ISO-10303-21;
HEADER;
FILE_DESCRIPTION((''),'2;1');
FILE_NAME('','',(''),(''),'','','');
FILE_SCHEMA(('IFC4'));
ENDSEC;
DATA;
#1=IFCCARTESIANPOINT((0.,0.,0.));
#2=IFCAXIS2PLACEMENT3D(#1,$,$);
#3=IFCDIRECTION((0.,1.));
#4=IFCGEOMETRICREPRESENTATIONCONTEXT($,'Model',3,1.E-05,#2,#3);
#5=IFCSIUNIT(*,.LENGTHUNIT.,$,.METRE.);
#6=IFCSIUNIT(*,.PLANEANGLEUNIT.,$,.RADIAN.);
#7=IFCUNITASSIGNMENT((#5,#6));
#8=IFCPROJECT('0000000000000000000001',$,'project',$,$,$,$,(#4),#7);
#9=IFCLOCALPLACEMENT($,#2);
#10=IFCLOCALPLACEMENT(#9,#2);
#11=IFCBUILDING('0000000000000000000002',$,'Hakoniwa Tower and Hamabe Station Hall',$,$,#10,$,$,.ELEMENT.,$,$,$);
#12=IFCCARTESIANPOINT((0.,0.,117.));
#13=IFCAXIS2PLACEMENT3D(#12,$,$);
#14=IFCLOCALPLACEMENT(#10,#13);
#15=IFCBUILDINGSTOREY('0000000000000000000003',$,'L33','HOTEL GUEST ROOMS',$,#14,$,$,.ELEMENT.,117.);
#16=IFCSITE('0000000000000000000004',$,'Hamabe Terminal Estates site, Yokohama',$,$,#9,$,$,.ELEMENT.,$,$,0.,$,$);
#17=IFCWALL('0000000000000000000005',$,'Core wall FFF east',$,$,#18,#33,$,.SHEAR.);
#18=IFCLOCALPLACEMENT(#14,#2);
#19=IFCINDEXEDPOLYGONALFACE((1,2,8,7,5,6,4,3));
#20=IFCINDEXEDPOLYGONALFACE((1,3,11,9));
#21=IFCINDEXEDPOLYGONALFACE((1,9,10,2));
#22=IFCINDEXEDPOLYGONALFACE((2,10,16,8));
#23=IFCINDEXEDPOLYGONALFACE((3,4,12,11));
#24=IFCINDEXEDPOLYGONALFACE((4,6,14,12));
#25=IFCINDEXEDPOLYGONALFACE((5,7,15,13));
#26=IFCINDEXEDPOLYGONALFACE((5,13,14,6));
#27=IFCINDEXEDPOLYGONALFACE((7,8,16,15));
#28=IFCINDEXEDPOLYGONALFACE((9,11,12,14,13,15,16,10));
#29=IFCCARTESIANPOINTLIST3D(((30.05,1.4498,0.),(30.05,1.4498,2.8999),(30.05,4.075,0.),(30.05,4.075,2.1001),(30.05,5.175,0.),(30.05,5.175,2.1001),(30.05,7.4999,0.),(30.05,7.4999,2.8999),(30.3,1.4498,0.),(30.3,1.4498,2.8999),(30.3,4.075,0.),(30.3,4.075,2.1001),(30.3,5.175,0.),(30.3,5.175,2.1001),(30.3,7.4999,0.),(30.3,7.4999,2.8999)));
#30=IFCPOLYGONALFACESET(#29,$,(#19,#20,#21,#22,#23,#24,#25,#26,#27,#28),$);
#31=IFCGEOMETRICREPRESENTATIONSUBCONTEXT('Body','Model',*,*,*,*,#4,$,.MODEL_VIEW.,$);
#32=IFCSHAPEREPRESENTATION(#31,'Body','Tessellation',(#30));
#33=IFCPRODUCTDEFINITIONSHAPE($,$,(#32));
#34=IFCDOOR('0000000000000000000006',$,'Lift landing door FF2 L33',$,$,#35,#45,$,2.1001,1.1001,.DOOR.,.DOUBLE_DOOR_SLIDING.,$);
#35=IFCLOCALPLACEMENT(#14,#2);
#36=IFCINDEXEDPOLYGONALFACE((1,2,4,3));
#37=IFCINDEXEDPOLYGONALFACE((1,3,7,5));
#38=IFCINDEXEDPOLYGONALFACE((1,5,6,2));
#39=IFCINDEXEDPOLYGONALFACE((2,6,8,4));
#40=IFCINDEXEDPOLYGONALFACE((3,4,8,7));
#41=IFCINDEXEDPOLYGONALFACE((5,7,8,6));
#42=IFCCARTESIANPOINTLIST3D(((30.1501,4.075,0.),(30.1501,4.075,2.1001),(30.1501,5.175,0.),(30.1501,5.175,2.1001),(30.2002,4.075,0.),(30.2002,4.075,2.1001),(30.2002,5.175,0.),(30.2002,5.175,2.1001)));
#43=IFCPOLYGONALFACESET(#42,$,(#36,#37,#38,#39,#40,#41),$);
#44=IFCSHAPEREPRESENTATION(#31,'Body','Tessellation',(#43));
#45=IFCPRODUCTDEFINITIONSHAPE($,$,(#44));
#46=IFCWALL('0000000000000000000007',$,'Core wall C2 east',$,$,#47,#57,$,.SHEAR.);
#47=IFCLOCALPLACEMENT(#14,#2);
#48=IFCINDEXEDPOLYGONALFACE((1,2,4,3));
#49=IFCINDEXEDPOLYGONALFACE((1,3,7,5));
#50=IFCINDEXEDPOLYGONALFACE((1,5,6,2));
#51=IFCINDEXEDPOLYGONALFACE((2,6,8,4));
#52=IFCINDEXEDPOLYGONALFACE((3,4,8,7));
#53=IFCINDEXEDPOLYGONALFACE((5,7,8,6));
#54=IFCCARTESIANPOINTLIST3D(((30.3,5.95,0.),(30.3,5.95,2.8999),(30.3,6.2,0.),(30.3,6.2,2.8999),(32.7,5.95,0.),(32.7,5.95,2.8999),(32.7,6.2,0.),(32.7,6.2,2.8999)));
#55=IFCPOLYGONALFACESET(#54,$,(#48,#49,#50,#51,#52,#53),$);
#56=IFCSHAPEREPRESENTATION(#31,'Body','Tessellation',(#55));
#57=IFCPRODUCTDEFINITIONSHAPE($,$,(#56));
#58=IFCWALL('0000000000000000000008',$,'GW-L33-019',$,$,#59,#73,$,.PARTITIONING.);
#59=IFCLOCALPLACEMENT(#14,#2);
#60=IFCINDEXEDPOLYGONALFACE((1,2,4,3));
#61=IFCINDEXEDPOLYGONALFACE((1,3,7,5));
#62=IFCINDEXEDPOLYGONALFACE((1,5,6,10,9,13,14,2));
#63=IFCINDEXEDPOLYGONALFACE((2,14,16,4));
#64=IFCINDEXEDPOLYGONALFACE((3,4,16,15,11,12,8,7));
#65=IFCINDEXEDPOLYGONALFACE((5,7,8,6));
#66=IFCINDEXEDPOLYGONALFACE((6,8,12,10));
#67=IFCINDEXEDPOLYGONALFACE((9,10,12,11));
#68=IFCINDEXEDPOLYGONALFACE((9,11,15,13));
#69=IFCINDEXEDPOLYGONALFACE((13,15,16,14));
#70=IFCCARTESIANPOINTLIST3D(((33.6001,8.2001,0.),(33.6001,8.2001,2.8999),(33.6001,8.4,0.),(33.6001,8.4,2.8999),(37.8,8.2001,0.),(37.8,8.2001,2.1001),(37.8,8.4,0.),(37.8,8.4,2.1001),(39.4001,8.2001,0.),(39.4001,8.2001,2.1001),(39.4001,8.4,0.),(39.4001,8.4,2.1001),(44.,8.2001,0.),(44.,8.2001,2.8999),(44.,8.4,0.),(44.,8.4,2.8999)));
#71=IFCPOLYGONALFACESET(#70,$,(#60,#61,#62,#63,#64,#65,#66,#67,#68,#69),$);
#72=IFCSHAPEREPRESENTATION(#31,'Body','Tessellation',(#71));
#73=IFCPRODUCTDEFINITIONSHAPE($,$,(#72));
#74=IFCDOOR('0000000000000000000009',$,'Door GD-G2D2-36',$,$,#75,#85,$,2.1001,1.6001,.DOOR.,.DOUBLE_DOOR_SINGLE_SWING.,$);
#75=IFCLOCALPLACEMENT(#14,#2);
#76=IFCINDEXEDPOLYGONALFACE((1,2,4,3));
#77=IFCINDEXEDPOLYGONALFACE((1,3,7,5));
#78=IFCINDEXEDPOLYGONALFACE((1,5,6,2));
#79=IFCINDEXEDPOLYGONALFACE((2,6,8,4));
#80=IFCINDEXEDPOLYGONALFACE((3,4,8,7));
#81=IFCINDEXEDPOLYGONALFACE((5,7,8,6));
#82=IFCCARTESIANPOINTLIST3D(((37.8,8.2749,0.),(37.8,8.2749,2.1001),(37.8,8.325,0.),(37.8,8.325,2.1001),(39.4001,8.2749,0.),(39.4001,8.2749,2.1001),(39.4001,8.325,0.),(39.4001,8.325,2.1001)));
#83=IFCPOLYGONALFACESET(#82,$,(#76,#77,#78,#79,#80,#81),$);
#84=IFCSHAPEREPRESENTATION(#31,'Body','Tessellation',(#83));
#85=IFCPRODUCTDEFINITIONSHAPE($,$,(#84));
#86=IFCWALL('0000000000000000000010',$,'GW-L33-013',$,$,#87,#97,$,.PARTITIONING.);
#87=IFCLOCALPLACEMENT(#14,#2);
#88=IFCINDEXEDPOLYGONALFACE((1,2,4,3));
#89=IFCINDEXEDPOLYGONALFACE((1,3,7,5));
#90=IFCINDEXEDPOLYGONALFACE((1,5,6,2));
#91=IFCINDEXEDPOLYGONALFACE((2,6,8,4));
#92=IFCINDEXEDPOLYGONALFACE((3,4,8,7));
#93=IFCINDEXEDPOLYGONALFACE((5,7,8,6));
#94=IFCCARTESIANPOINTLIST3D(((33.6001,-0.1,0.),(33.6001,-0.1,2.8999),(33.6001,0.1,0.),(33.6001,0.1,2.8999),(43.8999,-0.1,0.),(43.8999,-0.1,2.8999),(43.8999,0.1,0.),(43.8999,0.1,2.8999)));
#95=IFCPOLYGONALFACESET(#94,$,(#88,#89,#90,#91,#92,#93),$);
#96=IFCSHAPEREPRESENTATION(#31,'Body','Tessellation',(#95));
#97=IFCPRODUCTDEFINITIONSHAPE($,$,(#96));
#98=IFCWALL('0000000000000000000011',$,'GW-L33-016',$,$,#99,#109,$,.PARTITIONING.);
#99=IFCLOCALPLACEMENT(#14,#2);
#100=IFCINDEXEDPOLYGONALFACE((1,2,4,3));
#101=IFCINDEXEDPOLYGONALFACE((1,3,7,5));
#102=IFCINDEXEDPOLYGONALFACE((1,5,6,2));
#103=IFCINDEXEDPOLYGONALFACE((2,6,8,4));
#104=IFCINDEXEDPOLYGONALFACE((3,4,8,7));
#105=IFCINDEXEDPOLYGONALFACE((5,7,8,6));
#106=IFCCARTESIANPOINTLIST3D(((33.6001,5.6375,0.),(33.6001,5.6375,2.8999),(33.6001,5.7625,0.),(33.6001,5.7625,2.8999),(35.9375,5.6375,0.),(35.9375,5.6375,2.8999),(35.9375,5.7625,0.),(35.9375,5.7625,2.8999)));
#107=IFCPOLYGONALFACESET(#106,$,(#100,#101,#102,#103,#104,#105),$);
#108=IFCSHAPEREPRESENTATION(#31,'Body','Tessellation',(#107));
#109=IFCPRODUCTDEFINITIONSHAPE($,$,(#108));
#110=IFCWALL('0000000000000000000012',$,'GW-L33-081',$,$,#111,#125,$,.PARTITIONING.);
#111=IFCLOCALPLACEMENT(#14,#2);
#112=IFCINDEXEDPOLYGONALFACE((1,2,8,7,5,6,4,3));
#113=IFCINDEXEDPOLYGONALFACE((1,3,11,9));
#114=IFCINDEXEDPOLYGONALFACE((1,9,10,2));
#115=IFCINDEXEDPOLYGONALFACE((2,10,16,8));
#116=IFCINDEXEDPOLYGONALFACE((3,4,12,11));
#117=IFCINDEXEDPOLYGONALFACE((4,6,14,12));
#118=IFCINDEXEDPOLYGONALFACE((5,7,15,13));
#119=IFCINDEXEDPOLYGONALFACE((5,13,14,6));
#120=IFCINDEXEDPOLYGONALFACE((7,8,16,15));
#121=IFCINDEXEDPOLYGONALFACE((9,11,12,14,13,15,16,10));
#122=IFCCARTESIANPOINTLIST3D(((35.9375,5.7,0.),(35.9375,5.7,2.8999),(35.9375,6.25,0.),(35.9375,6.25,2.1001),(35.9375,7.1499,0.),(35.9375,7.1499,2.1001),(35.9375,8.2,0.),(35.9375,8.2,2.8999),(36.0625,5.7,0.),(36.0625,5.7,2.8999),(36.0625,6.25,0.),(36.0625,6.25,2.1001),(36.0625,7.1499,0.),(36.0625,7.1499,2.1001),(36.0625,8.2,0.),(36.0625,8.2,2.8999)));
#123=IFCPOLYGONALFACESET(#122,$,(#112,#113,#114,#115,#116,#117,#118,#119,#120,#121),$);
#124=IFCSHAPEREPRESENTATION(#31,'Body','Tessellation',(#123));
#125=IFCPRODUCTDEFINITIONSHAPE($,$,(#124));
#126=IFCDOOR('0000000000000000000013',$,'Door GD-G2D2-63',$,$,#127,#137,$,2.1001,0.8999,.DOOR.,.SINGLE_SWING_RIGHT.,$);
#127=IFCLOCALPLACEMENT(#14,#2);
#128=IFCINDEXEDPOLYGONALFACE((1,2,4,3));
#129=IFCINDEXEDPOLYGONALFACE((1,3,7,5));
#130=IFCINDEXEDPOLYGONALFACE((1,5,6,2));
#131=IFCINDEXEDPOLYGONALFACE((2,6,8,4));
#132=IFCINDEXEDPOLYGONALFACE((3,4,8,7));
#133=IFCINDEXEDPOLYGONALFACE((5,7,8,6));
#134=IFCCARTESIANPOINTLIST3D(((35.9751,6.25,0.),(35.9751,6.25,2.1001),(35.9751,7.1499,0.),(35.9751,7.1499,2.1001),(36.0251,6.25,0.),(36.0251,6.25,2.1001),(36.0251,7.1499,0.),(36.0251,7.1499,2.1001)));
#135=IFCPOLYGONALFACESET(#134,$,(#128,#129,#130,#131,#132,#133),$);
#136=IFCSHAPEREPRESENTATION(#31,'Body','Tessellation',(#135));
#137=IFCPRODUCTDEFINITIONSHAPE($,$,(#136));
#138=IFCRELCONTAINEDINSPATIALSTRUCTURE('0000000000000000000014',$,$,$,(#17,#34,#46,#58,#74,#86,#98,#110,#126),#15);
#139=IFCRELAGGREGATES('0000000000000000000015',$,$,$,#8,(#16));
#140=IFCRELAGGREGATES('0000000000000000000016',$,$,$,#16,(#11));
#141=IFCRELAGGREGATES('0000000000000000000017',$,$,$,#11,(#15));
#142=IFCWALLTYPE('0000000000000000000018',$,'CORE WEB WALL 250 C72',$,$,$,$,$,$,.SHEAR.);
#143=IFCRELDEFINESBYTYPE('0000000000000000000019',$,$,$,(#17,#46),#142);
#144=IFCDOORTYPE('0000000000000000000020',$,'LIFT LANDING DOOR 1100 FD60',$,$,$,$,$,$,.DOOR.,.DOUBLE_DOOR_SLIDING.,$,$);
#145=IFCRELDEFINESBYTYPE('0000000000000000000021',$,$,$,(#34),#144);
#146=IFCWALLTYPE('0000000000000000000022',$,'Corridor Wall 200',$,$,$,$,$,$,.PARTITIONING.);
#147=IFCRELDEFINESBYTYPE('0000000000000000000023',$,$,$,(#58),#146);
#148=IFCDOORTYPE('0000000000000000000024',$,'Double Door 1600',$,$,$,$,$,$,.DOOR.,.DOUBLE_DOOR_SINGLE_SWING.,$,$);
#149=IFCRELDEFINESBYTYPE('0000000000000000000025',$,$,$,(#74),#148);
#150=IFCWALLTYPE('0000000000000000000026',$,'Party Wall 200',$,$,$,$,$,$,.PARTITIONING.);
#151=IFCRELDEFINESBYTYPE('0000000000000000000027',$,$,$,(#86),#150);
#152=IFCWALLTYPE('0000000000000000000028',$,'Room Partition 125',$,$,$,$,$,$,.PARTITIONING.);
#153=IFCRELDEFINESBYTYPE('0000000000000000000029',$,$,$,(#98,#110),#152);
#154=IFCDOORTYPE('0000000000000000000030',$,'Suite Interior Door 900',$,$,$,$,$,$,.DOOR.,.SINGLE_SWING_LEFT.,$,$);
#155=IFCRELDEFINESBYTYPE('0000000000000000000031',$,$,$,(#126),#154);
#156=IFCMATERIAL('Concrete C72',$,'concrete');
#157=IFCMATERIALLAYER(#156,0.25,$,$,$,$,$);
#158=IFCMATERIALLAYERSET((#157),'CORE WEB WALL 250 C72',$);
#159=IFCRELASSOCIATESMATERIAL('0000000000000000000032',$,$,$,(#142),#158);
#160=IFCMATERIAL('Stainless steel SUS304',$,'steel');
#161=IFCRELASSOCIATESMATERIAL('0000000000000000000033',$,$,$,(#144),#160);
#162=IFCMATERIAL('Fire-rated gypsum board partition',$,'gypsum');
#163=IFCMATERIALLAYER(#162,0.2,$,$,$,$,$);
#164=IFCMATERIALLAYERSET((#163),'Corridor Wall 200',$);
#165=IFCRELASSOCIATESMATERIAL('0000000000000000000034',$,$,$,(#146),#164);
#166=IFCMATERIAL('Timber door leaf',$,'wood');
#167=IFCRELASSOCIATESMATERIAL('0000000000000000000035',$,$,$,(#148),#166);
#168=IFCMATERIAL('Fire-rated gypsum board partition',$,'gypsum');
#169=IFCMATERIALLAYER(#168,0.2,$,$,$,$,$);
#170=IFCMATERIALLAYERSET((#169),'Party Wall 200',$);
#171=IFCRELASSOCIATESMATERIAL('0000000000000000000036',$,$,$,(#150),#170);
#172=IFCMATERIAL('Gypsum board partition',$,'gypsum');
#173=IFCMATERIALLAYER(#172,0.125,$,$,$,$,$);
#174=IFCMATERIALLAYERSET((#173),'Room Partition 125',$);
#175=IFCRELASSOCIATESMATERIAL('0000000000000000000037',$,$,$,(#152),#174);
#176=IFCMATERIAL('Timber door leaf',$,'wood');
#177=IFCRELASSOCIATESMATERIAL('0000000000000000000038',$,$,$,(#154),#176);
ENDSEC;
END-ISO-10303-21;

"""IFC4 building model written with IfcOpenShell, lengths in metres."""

from ifc_helpers import new_model, si_unit, direction, frame, frame_2d, origin, place, context, subcontext, project, spatial, rectangle, extrude, material, layer, layer_set, type_object, element, fill, save


model = new_model("IFC4")

# Units and contexts
model_context = context("Model", 3, precision=1e-05, world=origin(), true_north=direction((0.0, 1.0)))
body_context = subcontext(model_context, "Body", "Model", "MODEL_VIEW")
ifc_project = project(units=[si_unit("LENGTHUNIT", "METRE"), si_unit("PLANEANGLEUNIT", "RADIAN")], contexts=[model_context])

# Site, building, storey
site_placement = place(None, origin())
site = spatial("IfcSite", under=ifc_project, at=site_placement, Name="Hamabe Terminal Estates site, Yokohama", CompositionType="ELEMENT", RefElevation=0.0)
building_placement = place(site_placement, origin())
building = spatial("IfcBuilding", under=site, at=building_placement, Name="Hakoniwa Tower and Hamabe Station Hall", CompositionType="ELEMENT")
storey_placement = place(building_placement, frame((0.0, 0.0, 117.0)))
storey = spatial("IfcBuildingStorey", under=building, at=storey_placement, Name="L33", Description="HOTEL GUEST ROOMS", CompositionType="ELEMENT", Elevation=117.0)

# Shared definitions
ifc_material_1 = material(Name="Concrete C72", Category="concrete")
ifc_layer_1 = layer(ifc_material_1, 0.25)
ifc_layer_set_1 = layer_set([ifc_layer_1], Name="CORE WEB WALL 250 C72")
wall_type_1 = type_object("IfcWallType", Name="CORE WEB WALL 250 C72", PredefinedType="SHEAR", material=ifc_layer_set_1)

# Wall, opening, door
wall_1_placement = place(storey_placement, frame((30.175, 1.45, 0.0), z_axis=(0.0, 0.0, 1.0), x_axis=(0.0, 1.0, 0.0)))
wall_1 = element("IfcWall", 1, at=wall_1_placement, inside=storey, type_object=wall_type_1, Name="Core wall FFF east", PredefinedType="SHEAR", context=body_context, shape_type="SweptSolid", body=[
    extrude(rectangle(XDim=6.05, YDim=0.25, at=frame_2d((3.0249, 0.0))), origin(), (0.0, 0.0, 1.0), 2.8999),
])
opening_1_placement = place(wall_1_placement, frame((2.625, 0.0, 0.0)))
opening_1 = element("IfcOpeningElement", 2, at=opening_1_placement, cuts=wall_1, PredefinedType="OPENING", context=body_context, shape_type="SweptSolid", body=[
    extrude(rectangle(XDim=1.1001, YDim=2.1001, at=frame_2d((0.55, 1.05))), frame((0.0, 0.135, 0.0), z_axis=(0.0, -1.0, 0.0), x_axis=(1.0, 0.0, 0.0)), (0.0, 0.0, 1.0), 0.27),
])
ifc_material_2 = material(Name="Stainless steel SUS304", Category="steel")
door_type_1 = type_object("IfcDoorType", Name="LIFT LANDING DOOR 1100 FD60", OperationType="DOUBLE_DOOR_SLIDING", PredefinedType="DOOR", material=ifc_material_2)
door_1_placement = place(opening_1_placement, origin())
door_1 = element("IfcDoor", 3, at=door_1_placement, inside=storey, type_object=door_type_1, Name="Lift landing door FF2 L33", OperationType="DOUBLE_DOOR_SLIDING", OverallHeight=2.1001, OverallWidth=1.1001, PredefinedType="DOOR", context=body_context, shape_type="SweptSolid", body=[
    extrude(rectangle(XDim=1.1001, YDim=2.1001, at=frame_2d((0.55, 1.05))), frame((0.0, 0.0249, 0.0), z_axis=(0.0, -1.0, 0.0), x_axis=(1.0, 0.0, 0.0)), (0.0, 0.0, 1.0), 0.05),
])
fill(opening_1, door_1)

# Wall
wall_2_placement = place(storey_placement, frame((30.3, 6.075, 0.0), z_axis=(0.0, 0.0, 1.0), x_axis=(1.0, 0.0, 0.0)))
element("IfcWall", 4, at=wall_2_placement, inside=storey, type_object=wall_type_1, Name="Core wall C2 east", PredefinedType="SHEAR", context=body_context, shape_type="SweptSolid", body=[
    extrude(rectangle(XDim=2.3999, YDim=0.25, at=frame_2d((1.2, 0.0))), origin(), (0.0, 0.0, 1.0), 2.8999),
])

# Wall, opening, door
ifc_material_3 = material(Name="Fire-rated gypsum board partition", Category="gypsum")
ifc_layer_2 = layer(ifc_material_3, 0.2)
ifc_layer_set_2 = layer_set([ifc_layer_2], Name="Corridor Wall 200")
wall_type_2 = type_object("IfcWallType", Name="Corridor Wall 200", PredefinedType="PARTITIONING", material=ifc_layer_set_2)
wall_3_placement = place(storey_placement, frame((33.6001, 8.3, 0.0), z_axis=(0.0, 0.0, 1.0), x_axis=(1.0, 0.0, 0.0)))
wall_3 = element("IfcWall", 5, at=wall_3_placement, inside=storey, type_object=wall_type_2, Name="GW-L33-019", PredefinedType="PARTITIONING", context=body_context, shape_type="SweptSolid", body=[
    extrude(rectangle(XDim=10.3999, YDim=0.2, at=frame_2d((5.2, 0.0))), origin(), (0.0, 0.0, 1.0), 2.8999),
])
opening_2_placement = place(wall_3_placement, frame((4.2, 0.0, 0.0)))
opening_2 = element("IfcOpeningElement", 6, at=opening_2_placement, cuts=wall_3, PredefinedType="OPENING", context=body_context, shape_type="SweptSolid", body=[
    extrude(rectangle(XDim=1.6001, YDim=2.1001, at=frame_2d((0.8, 1.05))), frame((0.0, 0.1099, 0.0), z_axis=(0.0, -1.0, 0.0), x_axis=(1.0, 0.0, 0.0)), (0.0, 0.0, 1.0), 0.22),
])
ifc_material_4 = material(Name="Timber door leaf", Category="wood")
door_type_2 = type_object("IfcDoorType", Name="Double Door 1600", OperationType="DOUBLE_DOOR_SINGLE_SWING", PredefinedType="DOOR", material=ifc_material_4)
door_2_placement = place(opening_2_placement, origin())
door_2 = element("IfcDoor", 7, at=door_2_placement, inside=storey, type_object=door_type_2, Name="Door GD-G2D2-36", OperationType="DOUBLE_DOOR_SINGLE_SWING", OverallHeight=2.1001, OverallWidth=1.6001, PredefinedType="DOOR", context=body_context, shape_type="SweptSolid", body=[
    extrude(rectangle(XDim=1.6001, YDim=2.1001, at=frame_2d((0.8, 1.05))), frame((0.0, 0.0249, 0.0), z_axis=(0.0, -1.0, 0.0), x_axis=(1.0, 0.0, 0.0)), (0.0, 0.0, 1.0), 0.05),
])
fill(opening_2, door_2)

# Walls
ifc_material_5 = material(Name="Fire-rated gypsum board partition", Category="gypsum")
ifc_layer_3 = layer(ifc_material_5, 0.2)
ifc_layer_set_3 = layer_set([ifc_layer_3], Name="Party Wall 200")
wall_type_3 = type_object("IfcWallType", Name="Party Wall 200", PredefinedType="PARTITIONING", material=ifc_layer_set_3)
wall_4_placement = place(storey_placement, frame((33.6001, 0.0, 0.0), z_axis=(0.0, 0.0, 1.0), x_axis=(1.0, 0.0, 0.0)))
element("IfcWall", 8, at=wall_4_placement, inside=storey, type_object=wall_type_3, Name="GW-L33-013", PredefinedType="PARTITIONING", context=body_context, shape_type="SweptSolid", body=[
    extrude(rectangle(XDim=10.2998, YDim=0.2, at=frame_2d((5.1499, 0.0))), origin(), (0.0, 0.0, 1.0), 2.8999),
])
ifc_material_6 = material(Name="Gypsum board partition", Category="gypsum")
ifc_layer_4 = layer(ifc_material_6, 0.125)
ifc_layer_set_4 = layer_set([ifc_layer_4], Name="Room Partition 125")
wall_type_4 = type_object("IfcWallType", Name="Room Partition 125", PredefinedType="PARTITIONING", material=ifc_layer_set_4)
wall_5_placement = place(storey_placement, frame((33.6001, 5.7, 0.0), z_axis=(0.0, 0.0, 1.0), x_axis=(1.0, 0.0, 0.0)))
element("IfcWall", 9, at=wall_5_placement, inside=storey, type_object=wall_type_4, Name="GW-L33-016", PredefinedType="PARTITIONING", context=body_context, shape_type="SweptSolid", body=[
    extrude(rectangle(XDim=2.3374, YDim=0.125, at=frame_2d((1.1687, 0.0))), origin(), (0.0, 0.0, 1.0), 2.8999),
])

# Wall, opening, door
wall_6_placement = place(storey_placement, frame((36.0, 5.7, 0.0), z_axis=(0.0, 0.0, 1.0), x_axis=(0.0, 1.0, 0.0)))
wall_6 = element("IfcWall", 10, at=wall_6_placement, inside=storey, type_object=wall_type_4, Name="GW-L33-081", PredefinedType="PARTITIONING", context=body_context, shape_type="SweptSolid", body=[
    extrude(rectangle(XDim=2.5, YDim=0.125, at=frame_2d((1.25, 0.0))), origin(), (0.0, 0.0, 1.0), 2.8999),
])
opening_3_placement = place(wall_6_placement, frame((0.55, 0.0, 0.0)))
opening_3 = element("IfcOpeningElement", 11, at=opening_3_placement, cuts=wall_6, PredefinedType="OPENING", context=body_context, shape_type="SweptSolid", body=[
    extrude(rectangle(XDim=0.8999, YDim=2.1001, at=frame_2d((0.45, 1.05))), frame((0.0, 0.0725, 0.0), z_axis=(0.0, -1.0, 0.0), x_axis=(1.0, 0.0, 0.0)), (0.0, 0.0, 1.0), 0.145),
])
ifc_material_7 = material(Name="Timber door leaf", Category="wood")
door_type_3 = type_object("IfcDoorType", Name="Suite Interior Door 900", OperationType="SINGLE_SWING_LEFT", PredefinedType="DOOR", material=ifc_material_7)
door_3_placement = place(opening_3_placement, origin())
door_3 = element("IfcDoor", 12, at=door_3_placement, inside=storey, type_object=door_type_3, Name="Door GD-G2D2-63", OperationType="SINGLE_SWING_RIGHT", OverallHeight=2.1001, OverallWidth=0.8999, PredefinedType="DOOR", context=body_context, shape_type="SweptSolid", body=[
    extrude(rectangle(XDim=0.8999, YDim=2.1001, at=frame_2d((0.45, 1.05))), frame((0.0, 0.0249, 0.0), z_axis=(0.0, -1.0, 0.0), x_axis=(1.0, 0.0, 0.0)), (0.0, 0.0, 1.0), 0.05),
])
fill(opening_3, door_3)

save(model, "model.ifc")
